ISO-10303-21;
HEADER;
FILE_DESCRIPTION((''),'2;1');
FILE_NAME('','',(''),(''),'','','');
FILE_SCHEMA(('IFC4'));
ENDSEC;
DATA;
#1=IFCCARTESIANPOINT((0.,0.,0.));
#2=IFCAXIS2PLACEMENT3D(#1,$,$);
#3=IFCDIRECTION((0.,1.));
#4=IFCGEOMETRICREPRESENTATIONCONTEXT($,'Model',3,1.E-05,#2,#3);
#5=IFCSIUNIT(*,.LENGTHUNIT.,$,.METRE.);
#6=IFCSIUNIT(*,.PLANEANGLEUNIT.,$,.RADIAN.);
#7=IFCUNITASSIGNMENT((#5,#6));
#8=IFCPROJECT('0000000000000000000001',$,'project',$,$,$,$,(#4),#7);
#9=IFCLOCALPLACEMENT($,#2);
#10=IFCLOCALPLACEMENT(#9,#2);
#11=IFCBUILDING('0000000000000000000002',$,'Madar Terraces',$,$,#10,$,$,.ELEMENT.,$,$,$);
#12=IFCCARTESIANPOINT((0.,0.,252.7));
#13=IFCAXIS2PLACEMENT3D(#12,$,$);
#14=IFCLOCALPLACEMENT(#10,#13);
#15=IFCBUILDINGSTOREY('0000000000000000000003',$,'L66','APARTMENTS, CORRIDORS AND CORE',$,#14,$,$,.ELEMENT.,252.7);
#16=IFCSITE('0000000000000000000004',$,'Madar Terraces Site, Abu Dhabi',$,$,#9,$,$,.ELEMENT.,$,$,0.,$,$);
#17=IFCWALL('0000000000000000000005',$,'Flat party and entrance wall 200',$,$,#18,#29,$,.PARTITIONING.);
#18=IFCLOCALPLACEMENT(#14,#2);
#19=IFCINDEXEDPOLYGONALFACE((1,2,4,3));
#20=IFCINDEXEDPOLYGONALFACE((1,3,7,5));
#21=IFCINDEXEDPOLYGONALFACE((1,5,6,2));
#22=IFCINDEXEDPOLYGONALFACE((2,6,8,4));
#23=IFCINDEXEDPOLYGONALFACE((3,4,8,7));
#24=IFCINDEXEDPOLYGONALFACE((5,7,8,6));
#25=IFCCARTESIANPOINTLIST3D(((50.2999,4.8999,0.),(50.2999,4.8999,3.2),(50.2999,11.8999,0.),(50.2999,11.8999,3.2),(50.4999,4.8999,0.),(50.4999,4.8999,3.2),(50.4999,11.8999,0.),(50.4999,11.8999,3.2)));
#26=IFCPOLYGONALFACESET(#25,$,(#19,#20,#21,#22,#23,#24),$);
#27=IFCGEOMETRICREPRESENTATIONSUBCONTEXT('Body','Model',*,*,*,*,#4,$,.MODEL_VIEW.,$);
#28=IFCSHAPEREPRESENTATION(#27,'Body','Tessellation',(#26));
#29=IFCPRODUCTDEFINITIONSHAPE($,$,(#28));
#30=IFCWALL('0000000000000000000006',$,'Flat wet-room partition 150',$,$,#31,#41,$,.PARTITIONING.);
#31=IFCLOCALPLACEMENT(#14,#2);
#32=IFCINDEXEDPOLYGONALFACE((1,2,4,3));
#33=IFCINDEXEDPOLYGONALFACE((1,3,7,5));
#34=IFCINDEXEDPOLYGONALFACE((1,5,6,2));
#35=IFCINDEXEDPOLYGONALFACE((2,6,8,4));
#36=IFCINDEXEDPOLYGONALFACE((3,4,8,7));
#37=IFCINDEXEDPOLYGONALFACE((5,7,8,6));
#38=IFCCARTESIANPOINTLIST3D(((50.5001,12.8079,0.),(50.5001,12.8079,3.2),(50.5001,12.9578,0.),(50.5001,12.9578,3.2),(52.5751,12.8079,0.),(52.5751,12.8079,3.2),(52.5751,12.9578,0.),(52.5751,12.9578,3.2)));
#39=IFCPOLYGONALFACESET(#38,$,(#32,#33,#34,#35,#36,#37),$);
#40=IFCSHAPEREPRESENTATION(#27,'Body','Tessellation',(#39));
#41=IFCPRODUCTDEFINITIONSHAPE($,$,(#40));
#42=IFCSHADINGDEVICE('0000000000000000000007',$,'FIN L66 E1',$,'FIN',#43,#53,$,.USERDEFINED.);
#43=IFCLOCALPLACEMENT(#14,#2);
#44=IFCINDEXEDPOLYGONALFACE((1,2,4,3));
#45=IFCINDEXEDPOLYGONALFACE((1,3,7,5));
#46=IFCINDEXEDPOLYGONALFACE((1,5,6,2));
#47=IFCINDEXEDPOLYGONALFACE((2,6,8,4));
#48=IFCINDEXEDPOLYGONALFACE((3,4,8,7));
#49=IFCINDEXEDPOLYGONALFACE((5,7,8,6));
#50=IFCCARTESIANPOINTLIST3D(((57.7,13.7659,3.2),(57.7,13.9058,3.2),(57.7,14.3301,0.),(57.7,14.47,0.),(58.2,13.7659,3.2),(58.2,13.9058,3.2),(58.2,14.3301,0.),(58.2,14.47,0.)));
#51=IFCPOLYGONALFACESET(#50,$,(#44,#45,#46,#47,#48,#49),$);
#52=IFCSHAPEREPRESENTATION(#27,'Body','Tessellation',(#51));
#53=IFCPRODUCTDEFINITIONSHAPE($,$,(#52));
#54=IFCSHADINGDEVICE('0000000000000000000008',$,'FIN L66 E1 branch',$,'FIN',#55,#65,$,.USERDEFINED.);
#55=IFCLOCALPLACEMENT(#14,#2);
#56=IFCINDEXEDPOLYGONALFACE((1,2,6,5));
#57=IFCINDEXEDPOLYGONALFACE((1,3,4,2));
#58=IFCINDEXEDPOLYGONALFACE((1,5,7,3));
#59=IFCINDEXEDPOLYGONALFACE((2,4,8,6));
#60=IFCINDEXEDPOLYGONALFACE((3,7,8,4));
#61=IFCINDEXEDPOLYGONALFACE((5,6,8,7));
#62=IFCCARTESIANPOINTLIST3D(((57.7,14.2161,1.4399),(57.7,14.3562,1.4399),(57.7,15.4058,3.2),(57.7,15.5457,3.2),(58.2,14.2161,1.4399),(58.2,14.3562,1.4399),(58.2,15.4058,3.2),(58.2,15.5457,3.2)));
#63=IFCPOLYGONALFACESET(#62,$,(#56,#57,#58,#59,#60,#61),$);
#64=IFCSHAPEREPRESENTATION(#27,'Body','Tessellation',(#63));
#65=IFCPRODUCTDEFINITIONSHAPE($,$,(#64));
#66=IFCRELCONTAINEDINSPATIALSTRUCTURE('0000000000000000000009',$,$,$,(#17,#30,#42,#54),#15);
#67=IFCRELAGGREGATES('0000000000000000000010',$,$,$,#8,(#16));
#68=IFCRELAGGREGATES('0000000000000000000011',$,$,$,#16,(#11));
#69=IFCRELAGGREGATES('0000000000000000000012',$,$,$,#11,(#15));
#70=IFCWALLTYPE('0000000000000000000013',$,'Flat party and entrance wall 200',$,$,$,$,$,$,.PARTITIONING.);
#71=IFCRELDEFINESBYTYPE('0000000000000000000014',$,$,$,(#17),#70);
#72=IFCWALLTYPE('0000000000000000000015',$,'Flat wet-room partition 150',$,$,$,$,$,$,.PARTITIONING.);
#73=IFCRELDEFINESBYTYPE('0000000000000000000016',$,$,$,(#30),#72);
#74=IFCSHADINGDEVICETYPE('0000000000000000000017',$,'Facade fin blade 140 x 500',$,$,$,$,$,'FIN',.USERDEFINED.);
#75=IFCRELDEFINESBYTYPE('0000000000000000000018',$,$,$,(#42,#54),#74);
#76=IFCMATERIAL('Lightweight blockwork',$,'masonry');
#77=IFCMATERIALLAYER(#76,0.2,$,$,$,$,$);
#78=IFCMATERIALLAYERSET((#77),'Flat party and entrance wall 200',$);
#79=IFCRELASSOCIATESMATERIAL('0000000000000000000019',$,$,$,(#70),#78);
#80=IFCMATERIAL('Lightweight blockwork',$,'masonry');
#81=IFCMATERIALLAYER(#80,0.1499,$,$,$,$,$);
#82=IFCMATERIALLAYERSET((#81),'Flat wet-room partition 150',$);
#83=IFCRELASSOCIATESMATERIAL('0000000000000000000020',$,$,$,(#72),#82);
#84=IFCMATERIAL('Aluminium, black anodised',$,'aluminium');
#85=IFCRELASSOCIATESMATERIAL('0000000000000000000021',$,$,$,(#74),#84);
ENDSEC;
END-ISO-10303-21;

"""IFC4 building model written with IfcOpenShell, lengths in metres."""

from ifc_helpers import new_model, si_unit, direction, frame, frame_2d, origin, place, context, subcontext, project, spatial, polyline, rectangle, outline, extrude, material, layer, layer_set, type_object, element, save


model = new_model("IFC4")

# Units and contexts
model_context = context("Model", 3, precision=1e-05, world=origin(), true_north=direction((0.0, 1.0)))
body_context = subcontext(model_context, "Body", "Model", "MODEL_VIEW")
ifc_project = project(units=[si_unit("LENGTHUNIT", "METRE"), si_unit("PLANEANGLEUNIT", "RADIAN")], contexts=[model_context])

# Site, building, storey
site_placement = place(None, origin())
site = spatial("IfcSite", under=ifc_project, at=site_placement, Name="Madar Terraces Site, Abu Dhabi", CompositionType="ELEMENT", RefElevation=0.0)
building_placement = place(site_placement, origin())
building = spatial("IfcBuilding", under=site, at=building_placement, Name="Madar Terraces", CompositionType="ELEMENT")
storey_placement = place(building_placement, frame((0.0, 0.0, 252.7)))
storey = spatial("IfcBuildingStorey", under=building, at=storey_placement, Name="L66", Description="APARTMENTS, CORRIDORS AND CORE", CompositionType="ELEMENT", Elevation=252.7)

# Shared definitions
ifc_material_1 = material(Name="Lightweight blockwork", Category="masonry")
ifc_layer_1 = layer(ifc_material_1, 0.2)
ifc_layer_set_1 = layer_set([ifc_layer_1], Name="Flat party and entrance wall 200")
wall_type_1 = type_object("IfcWallType", Name="Flat party and entrance wall 200", PredefinedType="PARTITIONING", material=ifc_layer_set_1)

# Walls
wall_1_placement = place(storey_placement, frame((50.3999, 11.8999, 0.0), z_axis=(0.0, 0.0, 1.0), x_axis=(0.0, -1.0, 0.0)))
element("IfcWall", 1, at=wall_1_placement, inside=storey, type_object=wall_type_1, Name="Flat party and entrance wall 200", PredefinedType="PARTITIONING", context=body_context, shape_type="SweptSolid", body=[
    extrude(rectangle(XDim=7.0, YDim=0.2, at=frame_2d((3.5, 0.0))), origin(), (0.0, 0.0, 1.0), 3.2),
])
ifc_material_2 = material(Name="Lightweight blockwork", Category="masonry")
ifc_layer_2 = layer(ifc_material_2, 0.1499)
ifc_layer_set_2 = layer_set([ifc_layer_2], Name="Flat wet-room partition 150")
wall_type_2 = type_object("IfcWallType", Name="Flat wet-room partition 150", PredefinedType="PARTITIONING", material=ifc_layer_set_2)
wall_2_placement = place(storey_placement, frame((50.5, 12.8828, 0.0), z_axis=(0.0, 0.0, 1.0), x_axis=(1.0, 0.0, 0.0)))
element("IfcWall", 2, at=wall_2_placement, inside=storey, type_object=wall_type_2, Name="Flat wet-room partition 150", PredefinedType="PARTITIONING", context=body_context, shape_type="SweptSolid", body=[
    extrude(rectangle(XDim=2.075, YDim=0.1499, at=frame_2d((1.0376, 0.0))), origin(), (0.0, 0.0, 1.0), 3.2),
])

# Shading devices
ifc_material_3 = material(Name="Aluminium, black anodised", Category="aluminium")
shading_device_type = type_object("IfcShadingDeviceType", Name="Facade fin blade 140 x 500", ElementType="FIN", PredefinedType="USERDEFINED", material=ifc_material_3)
shading_device_1_placement = place(storey_placement, frame((57.95, 14.3301, 0.0), z_axis=(0.0, 0.0, 1.0), x_axis=(0.0, 1.0, 0.0)))
element("IfcShadingDevice", 3, at=shading_device_1_placement, inside=storey, type_object=shading_device_type, Name="FIN L66 E1", ObjectType="FIN", PredefinedType="USERDEFINED", context=body_context, shape_type="SweptSolid", body=[
    extrude(outline(polyline([(0.0, 0.0), (0.1399, 0.0), (-0.4243, 3.2), (-0.5642, 3.2), (0.0, 0.0)])), frame((0.0, 0.25, 0.0), z_axis=(0.0, -1.0, 0.0), x_axis=(1.0, 0.0, 0.0)), (0.0, 0.0, 1.0), 0.5),
])
shading_device_2_placement = place(storey_placement, frame((57.95, 14.2161, 1.4399), z_axis=(0.0, 0.0, 1.0), x_axis=(0.0, 1.0, 0.0)))
element("IfcShadingDevice", 4, at=shading_device_2_placement, inside=storey, type_object=shading_device_type, Name="FIN L66 E1 branch", ObjectType="FIN", PredefinedType="USERDEFINED", context=body_context, shape_type="SweptSolid", body=[
    extrude(outline(polyline([(0.0, 0.0), (0.1401, 0.0), (1.3296, 1.76), (1.1897, 1.76), (0.0, 0.0)])), frame((0.0, 0.25, 0.0), z_axis=(0.0, -1.0, 0.0), x_axis=(1.0, 0.0, 0.0)), (0.0, 0.0, 1.0), 0.5),
])

save(model, "model.ifc")
